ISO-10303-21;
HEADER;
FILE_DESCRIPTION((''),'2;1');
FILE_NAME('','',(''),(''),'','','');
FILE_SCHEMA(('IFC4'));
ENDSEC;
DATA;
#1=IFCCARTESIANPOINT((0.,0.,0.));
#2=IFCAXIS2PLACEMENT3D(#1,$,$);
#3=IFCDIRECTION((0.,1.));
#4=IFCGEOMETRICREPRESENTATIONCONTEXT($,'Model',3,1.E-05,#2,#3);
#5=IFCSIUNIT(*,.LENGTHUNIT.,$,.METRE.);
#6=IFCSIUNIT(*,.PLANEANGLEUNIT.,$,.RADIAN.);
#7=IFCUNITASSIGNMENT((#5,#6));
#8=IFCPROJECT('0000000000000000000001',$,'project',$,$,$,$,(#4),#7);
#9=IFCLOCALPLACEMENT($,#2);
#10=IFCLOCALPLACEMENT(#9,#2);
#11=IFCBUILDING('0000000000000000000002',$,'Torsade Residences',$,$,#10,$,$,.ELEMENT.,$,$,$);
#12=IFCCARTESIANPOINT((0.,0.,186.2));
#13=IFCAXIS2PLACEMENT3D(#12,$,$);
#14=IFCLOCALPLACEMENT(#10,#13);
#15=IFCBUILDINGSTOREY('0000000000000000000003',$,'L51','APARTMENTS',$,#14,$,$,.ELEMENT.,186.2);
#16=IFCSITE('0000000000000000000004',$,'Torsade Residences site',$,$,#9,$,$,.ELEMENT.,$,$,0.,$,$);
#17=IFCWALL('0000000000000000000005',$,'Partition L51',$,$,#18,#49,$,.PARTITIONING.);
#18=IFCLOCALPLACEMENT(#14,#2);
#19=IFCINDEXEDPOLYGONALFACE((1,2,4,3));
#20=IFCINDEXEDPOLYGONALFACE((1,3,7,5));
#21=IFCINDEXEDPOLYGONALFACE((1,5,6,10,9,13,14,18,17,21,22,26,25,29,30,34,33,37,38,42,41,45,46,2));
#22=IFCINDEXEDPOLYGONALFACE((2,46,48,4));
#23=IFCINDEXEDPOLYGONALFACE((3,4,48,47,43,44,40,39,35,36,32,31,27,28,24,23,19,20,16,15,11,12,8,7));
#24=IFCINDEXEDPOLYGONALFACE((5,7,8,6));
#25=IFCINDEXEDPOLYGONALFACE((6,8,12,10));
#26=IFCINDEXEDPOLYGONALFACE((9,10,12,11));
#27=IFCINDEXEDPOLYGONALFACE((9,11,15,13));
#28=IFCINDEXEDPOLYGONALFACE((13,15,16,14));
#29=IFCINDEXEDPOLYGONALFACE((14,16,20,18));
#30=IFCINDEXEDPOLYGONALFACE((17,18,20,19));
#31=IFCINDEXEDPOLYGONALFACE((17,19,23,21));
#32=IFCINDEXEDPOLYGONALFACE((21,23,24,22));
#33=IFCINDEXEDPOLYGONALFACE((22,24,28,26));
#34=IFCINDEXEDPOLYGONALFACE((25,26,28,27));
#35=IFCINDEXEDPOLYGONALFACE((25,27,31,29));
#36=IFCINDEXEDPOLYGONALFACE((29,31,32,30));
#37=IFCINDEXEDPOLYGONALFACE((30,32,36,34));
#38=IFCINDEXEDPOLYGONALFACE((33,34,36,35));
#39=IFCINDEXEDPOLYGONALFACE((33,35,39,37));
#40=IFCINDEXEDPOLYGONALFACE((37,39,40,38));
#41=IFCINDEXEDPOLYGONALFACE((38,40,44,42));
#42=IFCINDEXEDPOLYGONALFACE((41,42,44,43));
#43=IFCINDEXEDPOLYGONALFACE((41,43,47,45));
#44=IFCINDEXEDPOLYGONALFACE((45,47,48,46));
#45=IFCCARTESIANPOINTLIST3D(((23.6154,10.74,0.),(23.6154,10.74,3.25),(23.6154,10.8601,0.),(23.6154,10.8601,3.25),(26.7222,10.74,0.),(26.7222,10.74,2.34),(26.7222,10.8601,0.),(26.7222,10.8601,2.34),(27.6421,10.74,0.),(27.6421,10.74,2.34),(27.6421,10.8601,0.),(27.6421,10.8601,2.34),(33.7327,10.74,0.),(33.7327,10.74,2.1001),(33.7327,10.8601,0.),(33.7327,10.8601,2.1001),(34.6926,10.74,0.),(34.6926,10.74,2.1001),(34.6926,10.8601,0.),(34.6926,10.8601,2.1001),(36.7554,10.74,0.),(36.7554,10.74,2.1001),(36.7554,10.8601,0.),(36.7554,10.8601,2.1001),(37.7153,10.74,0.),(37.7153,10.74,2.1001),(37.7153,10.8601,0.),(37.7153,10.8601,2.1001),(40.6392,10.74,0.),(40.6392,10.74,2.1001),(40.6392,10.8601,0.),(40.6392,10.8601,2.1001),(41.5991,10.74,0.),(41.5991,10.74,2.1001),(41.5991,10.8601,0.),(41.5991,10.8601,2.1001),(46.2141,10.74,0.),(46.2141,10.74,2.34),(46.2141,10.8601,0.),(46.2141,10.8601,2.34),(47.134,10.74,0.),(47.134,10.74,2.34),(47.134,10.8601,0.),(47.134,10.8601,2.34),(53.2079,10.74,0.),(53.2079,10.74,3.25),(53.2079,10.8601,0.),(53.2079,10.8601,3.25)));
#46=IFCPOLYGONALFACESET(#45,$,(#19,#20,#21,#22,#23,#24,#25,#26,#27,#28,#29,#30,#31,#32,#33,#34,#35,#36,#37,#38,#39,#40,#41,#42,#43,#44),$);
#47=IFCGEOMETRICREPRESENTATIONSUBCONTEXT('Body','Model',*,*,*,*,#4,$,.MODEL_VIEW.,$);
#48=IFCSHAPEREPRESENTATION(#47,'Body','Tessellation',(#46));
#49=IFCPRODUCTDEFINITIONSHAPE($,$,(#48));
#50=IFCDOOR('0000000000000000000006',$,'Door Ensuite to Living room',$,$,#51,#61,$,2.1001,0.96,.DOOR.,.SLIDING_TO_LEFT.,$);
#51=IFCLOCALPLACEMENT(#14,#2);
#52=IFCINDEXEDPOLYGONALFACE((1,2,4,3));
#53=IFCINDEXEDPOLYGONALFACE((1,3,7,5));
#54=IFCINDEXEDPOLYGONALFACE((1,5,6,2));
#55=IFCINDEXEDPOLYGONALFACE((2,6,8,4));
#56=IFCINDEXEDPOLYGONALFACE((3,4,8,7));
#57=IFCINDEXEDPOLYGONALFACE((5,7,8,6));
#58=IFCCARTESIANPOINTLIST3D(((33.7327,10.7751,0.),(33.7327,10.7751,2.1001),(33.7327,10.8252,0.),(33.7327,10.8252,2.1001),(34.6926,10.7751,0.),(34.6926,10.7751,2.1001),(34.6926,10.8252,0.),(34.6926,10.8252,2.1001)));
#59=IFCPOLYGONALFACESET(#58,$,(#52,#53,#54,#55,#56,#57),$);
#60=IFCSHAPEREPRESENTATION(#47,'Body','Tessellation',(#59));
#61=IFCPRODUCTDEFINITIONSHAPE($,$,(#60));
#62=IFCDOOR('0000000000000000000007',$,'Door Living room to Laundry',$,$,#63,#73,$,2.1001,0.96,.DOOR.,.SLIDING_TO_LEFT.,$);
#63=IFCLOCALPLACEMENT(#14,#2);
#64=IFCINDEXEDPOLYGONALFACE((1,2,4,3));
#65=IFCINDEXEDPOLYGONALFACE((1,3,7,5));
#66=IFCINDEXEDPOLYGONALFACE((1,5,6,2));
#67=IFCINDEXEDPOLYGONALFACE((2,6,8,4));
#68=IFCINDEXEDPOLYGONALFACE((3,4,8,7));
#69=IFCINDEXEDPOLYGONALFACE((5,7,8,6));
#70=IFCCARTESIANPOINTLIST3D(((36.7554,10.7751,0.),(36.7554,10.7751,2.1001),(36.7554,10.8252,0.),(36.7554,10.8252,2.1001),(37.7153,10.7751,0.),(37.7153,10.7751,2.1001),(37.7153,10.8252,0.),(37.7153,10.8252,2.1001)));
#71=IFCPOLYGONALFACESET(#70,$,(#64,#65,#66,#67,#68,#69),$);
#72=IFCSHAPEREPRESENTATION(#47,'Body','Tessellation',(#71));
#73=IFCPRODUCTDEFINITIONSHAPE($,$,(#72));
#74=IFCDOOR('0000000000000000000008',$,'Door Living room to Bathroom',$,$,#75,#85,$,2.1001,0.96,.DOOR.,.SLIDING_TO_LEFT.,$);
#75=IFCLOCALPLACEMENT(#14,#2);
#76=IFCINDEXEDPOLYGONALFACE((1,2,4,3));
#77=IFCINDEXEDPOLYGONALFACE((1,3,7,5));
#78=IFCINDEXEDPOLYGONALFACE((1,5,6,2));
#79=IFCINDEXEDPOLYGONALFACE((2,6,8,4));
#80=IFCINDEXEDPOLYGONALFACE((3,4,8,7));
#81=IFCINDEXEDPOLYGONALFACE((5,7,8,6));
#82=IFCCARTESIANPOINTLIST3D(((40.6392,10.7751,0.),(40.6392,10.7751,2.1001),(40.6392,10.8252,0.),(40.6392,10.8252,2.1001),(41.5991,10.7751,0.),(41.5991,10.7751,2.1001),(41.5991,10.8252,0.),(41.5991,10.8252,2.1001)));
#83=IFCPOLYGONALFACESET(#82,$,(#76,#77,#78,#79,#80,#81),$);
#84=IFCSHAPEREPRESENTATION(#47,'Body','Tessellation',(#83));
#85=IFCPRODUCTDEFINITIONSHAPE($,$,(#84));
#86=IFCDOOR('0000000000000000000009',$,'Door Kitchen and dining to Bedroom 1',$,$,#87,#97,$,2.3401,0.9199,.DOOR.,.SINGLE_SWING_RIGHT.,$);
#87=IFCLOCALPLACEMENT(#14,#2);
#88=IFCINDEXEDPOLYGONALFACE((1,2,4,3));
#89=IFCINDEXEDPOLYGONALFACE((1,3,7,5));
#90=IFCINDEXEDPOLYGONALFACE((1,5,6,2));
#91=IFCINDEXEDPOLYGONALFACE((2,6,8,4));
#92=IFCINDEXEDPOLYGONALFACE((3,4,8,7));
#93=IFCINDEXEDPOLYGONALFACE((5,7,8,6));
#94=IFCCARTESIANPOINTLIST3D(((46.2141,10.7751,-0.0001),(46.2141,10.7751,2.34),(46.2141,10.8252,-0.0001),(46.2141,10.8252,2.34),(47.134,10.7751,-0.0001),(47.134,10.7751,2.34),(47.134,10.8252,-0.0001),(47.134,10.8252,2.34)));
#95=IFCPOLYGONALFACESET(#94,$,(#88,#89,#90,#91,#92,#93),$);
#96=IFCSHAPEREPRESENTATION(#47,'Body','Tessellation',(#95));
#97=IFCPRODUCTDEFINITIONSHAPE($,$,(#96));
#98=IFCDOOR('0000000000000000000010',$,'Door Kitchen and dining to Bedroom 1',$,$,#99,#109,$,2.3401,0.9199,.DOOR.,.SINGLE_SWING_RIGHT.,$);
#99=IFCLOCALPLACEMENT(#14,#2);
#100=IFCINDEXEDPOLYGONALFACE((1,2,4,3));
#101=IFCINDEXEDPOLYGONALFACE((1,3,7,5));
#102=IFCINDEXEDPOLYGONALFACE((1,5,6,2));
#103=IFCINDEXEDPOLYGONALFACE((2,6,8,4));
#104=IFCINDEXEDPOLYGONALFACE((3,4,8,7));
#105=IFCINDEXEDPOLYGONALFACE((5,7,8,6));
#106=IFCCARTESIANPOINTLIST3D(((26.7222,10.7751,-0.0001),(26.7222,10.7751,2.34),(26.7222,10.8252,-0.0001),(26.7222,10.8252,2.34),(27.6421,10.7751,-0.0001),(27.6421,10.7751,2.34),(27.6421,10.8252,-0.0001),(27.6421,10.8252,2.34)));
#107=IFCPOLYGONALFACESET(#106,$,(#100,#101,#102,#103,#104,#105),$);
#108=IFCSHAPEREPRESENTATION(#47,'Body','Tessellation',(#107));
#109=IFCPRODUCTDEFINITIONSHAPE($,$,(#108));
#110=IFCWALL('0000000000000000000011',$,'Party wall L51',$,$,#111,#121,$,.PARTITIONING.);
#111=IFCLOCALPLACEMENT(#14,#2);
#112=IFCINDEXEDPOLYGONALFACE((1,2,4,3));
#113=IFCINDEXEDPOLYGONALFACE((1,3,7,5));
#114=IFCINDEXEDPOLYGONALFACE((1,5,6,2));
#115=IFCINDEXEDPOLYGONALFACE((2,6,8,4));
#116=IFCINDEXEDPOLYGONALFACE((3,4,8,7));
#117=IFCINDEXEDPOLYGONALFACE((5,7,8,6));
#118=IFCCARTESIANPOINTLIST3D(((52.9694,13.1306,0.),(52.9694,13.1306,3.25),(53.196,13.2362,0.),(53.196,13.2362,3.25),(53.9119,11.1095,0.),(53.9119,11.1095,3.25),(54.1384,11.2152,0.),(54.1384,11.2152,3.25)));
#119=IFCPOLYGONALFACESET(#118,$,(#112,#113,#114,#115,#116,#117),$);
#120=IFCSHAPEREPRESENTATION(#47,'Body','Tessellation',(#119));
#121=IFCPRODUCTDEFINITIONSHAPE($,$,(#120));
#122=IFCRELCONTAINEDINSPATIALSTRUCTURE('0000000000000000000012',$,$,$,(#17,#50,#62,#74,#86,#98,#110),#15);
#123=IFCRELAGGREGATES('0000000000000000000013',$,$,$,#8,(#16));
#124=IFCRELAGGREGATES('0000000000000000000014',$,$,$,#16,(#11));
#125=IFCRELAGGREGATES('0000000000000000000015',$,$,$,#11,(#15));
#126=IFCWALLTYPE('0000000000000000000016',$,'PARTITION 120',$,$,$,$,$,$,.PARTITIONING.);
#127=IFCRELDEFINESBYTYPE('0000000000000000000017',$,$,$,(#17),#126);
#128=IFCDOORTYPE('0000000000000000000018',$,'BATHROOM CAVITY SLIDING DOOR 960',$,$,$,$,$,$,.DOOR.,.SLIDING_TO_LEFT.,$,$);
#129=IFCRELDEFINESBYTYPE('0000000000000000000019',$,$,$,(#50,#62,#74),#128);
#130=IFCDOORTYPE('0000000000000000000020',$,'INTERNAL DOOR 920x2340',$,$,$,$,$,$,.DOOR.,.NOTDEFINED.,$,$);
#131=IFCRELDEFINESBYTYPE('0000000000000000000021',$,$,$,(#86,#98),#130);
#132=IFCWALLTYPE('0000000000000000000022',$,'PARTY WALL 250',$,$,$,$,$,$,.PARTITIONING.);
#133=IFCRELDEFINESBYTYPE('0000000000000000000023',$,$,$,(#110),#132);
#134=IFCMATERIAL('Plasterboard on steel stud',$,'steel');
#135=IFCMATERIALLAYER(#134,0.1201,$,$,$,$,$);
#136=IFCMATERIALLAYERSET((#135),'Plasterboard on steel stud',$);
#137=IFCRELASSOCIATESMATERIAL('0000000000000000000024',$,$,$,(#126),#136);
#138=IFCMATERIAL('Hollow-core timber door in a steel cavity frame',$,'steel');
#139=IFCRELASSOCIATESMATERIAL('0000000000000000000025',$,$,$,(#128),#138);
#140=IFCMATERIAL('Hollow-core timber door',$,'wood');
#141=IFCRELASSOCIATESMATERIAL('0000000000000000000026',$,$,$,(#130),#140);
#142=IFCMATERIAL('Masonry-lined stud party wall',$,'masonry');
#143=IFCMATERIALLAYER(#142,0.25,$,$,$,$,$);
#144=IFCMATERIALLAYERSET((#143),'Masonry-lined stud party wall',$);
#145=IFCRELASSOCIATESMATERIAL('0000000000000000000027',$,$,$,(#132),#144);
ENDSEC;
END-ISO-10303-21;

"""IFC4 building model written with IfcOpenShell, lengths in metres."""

from ifc_helpers import new_model, si_unit, direction, frame, frame_2d, origin, place, context, subcontext, project, spatial, rectangle, extrude, material, layer, layer_set, type_object, element, fill, save


model = new_model("IFC4")

# Units and contexts
model_context = context("Model", 3, precision=1e-05, world=origin(), true_north=direction((0.0, 1.0)))
body_context = subcontext(model_context, "Body", "Model", "MODEL_VIEW")
ifc_project = project(units=[si_unit("LENGTHUNIT", "METRE"), si_unit("PLANEANGLEUNIT", "RADIAN")], contexts=[model_context])

# Site, building, storey
site_placement = place(None, origin())
site = spatial("IfcSite", under=ifc_project, at=site_placement, Name="Torsade Residences site", CompositionType="ELEMENT", RefElevation=0.0)
building_placement = place(site_placement, origin())
building = spatial("IfcBuilding", under=site, at=building_placement, Name="Torsade Residences", CompositionType="ELEMENT")
storey_placement = place(building_placement, frame((0.0, 0.0, 186.2)))
storey = spatial("IfcBuildingStorey", under=building, at=storey_placement, Name="L51", Description="APARTMENTS", CompositionType="ELEMENT", Elevation=186.2)

# Wall, openings, doors
ifc_material_1 = material(Name="Plasterboard on steel stud", Category="steel")
ifc_layer_1 = layer(ifc_material_1, 0.1201)
ifc_layer_set_1 = layer_set([ifc_layer_1], Name="Plasterboard on steel stud")
wall_type_1 = type_object("IfcWallType", Name="PARTITION 120", PredefinedType="PARTITIONING", material=ifc_layer_set_1)
wall_1_placement = place(storey_placement, frame((53.208, 10.8, 0.0), z_axis=(0.0, 0.0, 1.0), x_axis=(-1.0, 0.0, 0.0)))
wall_1 = element("IfcWall", 1, at=wall_1_placement, inside=storey, type_object=wall_type_1, Name="Partition L51", PredefinedType="PARTITIONING", context=body_context, shape_type="SweptSolid", body=[
    extrude(rectangle(XDim=29.5925, YDim=0.1201, at=frame_2d((14.7964, 0.0))), origin(), (0.0, 0.0, 1.0), 3.25),
])
opening_1_placement = place(wall_1_placement, frame((6.074, 0.0, 0.0)))
opening_1 = element("IfcOpeningElement", 2, at=opening_1_placement, cuts=wall_1, PredefinedType="OPENING", context=body_context, shape_type="SweptSolid", body=[
    extrude(rectangle(XDim=0.9199, YDim=2.3401, at=frame_2d((0.46, 1.1699))), frame((0.0, 0.0701, 0.0), z_axis=(0.0, -1.0, 0.0), x_axis=(1.0, 0.0, 0.0)), (0.0, 0.0, 1.0), 0.1401),
])
opening_2_placement = place(wall_1_placement, frame((25.5659, 0.0, 0.0)))
opening_2 = element("IfcOpeningElement", 3, at=opening_2_placement, cuts=wall_1, PredefinedType="OPENING", context=body_context, shape_type="SweptSolid", body=[
    extrude(rectangle(XDim=0.9199, YDim=2.3401, at=frame_2d((0.46, 1.1699))), frame((0.0, 0.0701, 0.0), z_axis=(0.0, -1.0, 0.0), x_axis=(1.0, 0.0, 0.0)), (0.0, 0.0, 1.0), 0.1401),
])
opening_3_placement = place(wall_1_placement, frame((18.5154, 0.0, 0.0)))
opening_3 = element("IfcOpeningElement", 4, at=opening_3_placement, cuts=wall_1, PredefinedType="OPENING", context=body_context, shape_type="SweptSolid", body=[
    extrude(rectangle(XDim=0.96, YDim=2.1001, at=frame_2d((0.48, 1.05))), frame((0.0, 0.0701, 0.0), z_axis=(0.0, -1.0, 0.0), x_axis=(1.0, 0.0, 0.0)), (0.0, 0.0, 1.0), 0.1401),
])
opening_4_placement = place(wall_1_placement, frame((15.4927, 0.0, 0.0)))
opening_4 = element("IfcOpeningElement", 5, at=opening_4_placement, cuts=wall_1, PredefinedType="OPENING", context=body_context, shape_type="SweptSolid", body=[
    extrude(rectangle(XDim=0.96, YDim=2.1001, at=frame_2d((0.48, 1.05))), frame((0.0, 0.0701, 0.0), z_axis=(0.0, -1.0, 0.0), x_axis=(1.0, 0.0, 0.0)), (0.0, 0.0, 1.0), 0.1401),
])
opening_5_placement = place(wall_1_placement, frame((11.6089, 0.0, 0.0)))
opening_5 = element("IfcOpeningElement", 6, at=opening_5_placement, cuts=wall_1, PredefinedType="OPENING", context=body_context, shape_type="SweptSolid", body=[
    extrude(rectangle(XDim=0.96, YDim=2.1001, at=frame_2d((0.48, 1.05))), frame((0.0, 0.0701, 0.0), z_axis=(0.0, -1.0, 0.0), x_axis=(1.0, 0.0, 0.0)), (0.0, 0.0, 1.0), 0.1401),
])
ifc_material_2 = material(Name="Hollow-core timber door in a steel cavity frame", Category="steel")
door_type_1 = type_object("IfcDoorType", Name="BATHROOM CAVITY SLIDING DOOR 960", OperationType="SLIDING_TO_LEFT", PredefinedType="DOOR", material=ifc_material_2)
door_1_placement = place(opening_3_placement, origin())
door_1 = element("IfcDoor", 7, at=door_1_placement, inside=storey, type_object=door_type_1, Name="Door Ensuite to Living room", OperationType="SLIDING_TO_LEFT", OverallHeight=2.1001, OverallWidth=0.96, PredefinedType="DOOR", context=body_context, shape_type="SweptSolid", body=[
    extrude(rectangle(XDim=0.96, YDim=2.1001, at=frame_2d((0.48, 1.05))), frame((0.0, 0.0249, 0.0), z_axis=(0.0, -1.0, 0.0), x_axis=(1.0, 0.0, 0.0)), (0.0, 0.0, 1.0), 0.05),
])
fill(opening_3, door_1)
door_2_placement = place(opening_4_placement, origin())
door_2 = element("IfcDoor", 8, at=door_2_placement, inside=storey, type_object=door_type_1, Name="Door Living room to Laundry", OperationType="SLIDING_TO_LEFT", OverallHeight=2.1001, OverallWidth=0.96, PredefinedType="DOOR", context=body_context, shape_type="SweptSolid", body=[
    extrude(rectangle(XDim=0.96, YDim=2.1001, at=frame_2d((0.48, 1.05))), frame((0.0, 0.0249, 0.0), z_axis=(0.0, -1.0, 0.0), x_axis=(1.0, 0.0, 0.0)), (0.0, 0.0, 1.0), 0.05),
])
fill(opening_4, door_2)
door_3_placement = place(opening_5_placement, origin())
door_3 = element("IfcDoor", 9, at=door_3_placement, inside=storey, type_object=door_type_1, Name="Door Living room to Bathroom", OperationType="SLIDING_TO_LEFT", OverallHeight=2.1001, OverallWidth=0.96, PredefinedType="DOOR", context=body_context, shape_type="SweptSolid", body=[
    extrude(rectangle(XDim=0.96, YDim=2.1001, at=frame_2d((0.48, 1.05))), frame((0.0, 0.0249, 0.0), z_axis=(0.0, -1.0, 0.0), x_axis=(1.0, 0.0, 0.0)), (0.0, 0.0, 1.0), 0.05),
])
fill(opening_5, door_3)
ifc_material_3 = material(Name="Hollow-core timber door", Category="wood")
door_type_2 = type_object("IfcDoorType", Name="INTERNAL DOOR 920x2340", OperationType="NOTDEFINED", PredefinedType="DOOR", material=ifc_material_3)
door_4_placement = place(opening_1_placement, origin())
door_4 = element("IfcDoor", 10, at=door_4_placement, inside=storey, type_object=door_type_2, Name="Door Kitchen and dining to Bedroom 1", OperationType="SINGLE_SWING_RIGHT", OverallHeight=2.3401, OverallWidth=0.9199, PredefinedType="DOOR", context=body_context, shape_type="SweptSolid", body=[
    extrude(rectangle(XDim=0.9199, YDim=2.3401, at=frame_2d((0.46, 1.1699))), frame((0.0, 0.0249, 0.0), z_axis=(0.0, -1.0, 0.0), x_axis=(1.0, 0.0, 0.0)), (0.0, 0.0, 1.0), 0.05),
])
fill(opening_1, door_4)
door_5_placement = place(opening_2_placement, origin())
door_5 = element("IfcDoor", 11, at=door_5_placement, inside=storey, type_object=door_type_2, Name="Door Kitchen and dining to Bedroom 1", OperationType="SINGLE_SWING_RIGHT", OverallHeight=2.3401, OverallWidth=0.9199, PredefinedType="DOOR", context=body_context, shape_type="SweptSolid", body=[
    extrude(rectangle(XDim=0.9199, YDim=2.3401, at=frame_2d((0.46, 1.1699))), frame((0.0, 0.0249, 0.0), z_axis=(0.0, -1.0, 0.0), x_axis=(1.0, 0.0, 0.0)), (0.0, 0.0, 1.0), 0.05),
])
fill(opening_2, door_5)

# Wall
ifc_material_4 = material(Name="Masonry-lined stud party wall", Category="masonry")
ifc_layer_2 = layer(ifc_material_4, 0.25)
ifc_layer_set_2 = layer_set([ifc_layer_2], Name="Masonry-lined stud party wall")
wall_type_2 = type_object("IfcWallType", Name="PARTY WALL 250", PredefinedType="PARTITIONING", material=ifc_layer_set_2)
wall_2_placement = place(storey_placement, frame((54.0251, 11.1624, 0.0), z_axis=(0.0, 0.0, 1.0), x_axis=(-0.42261, 0.906312, 0.0)))
element("IfcWall", 12, at=wall_2_placement, inside=storey, type_object=wall_type_2, Name="Party wall L51", PredefinedType="PARTITIONING", context=body_context, shape_type="SweptSolid", body=[
    extrude(rectangle(XDim=2.23, YDim=0.25, at=frame_2d((1.115, 0.0))), origin(), (0.0, 0.0, 1.0), 3.25),
])

save(model, "model.ifc")
